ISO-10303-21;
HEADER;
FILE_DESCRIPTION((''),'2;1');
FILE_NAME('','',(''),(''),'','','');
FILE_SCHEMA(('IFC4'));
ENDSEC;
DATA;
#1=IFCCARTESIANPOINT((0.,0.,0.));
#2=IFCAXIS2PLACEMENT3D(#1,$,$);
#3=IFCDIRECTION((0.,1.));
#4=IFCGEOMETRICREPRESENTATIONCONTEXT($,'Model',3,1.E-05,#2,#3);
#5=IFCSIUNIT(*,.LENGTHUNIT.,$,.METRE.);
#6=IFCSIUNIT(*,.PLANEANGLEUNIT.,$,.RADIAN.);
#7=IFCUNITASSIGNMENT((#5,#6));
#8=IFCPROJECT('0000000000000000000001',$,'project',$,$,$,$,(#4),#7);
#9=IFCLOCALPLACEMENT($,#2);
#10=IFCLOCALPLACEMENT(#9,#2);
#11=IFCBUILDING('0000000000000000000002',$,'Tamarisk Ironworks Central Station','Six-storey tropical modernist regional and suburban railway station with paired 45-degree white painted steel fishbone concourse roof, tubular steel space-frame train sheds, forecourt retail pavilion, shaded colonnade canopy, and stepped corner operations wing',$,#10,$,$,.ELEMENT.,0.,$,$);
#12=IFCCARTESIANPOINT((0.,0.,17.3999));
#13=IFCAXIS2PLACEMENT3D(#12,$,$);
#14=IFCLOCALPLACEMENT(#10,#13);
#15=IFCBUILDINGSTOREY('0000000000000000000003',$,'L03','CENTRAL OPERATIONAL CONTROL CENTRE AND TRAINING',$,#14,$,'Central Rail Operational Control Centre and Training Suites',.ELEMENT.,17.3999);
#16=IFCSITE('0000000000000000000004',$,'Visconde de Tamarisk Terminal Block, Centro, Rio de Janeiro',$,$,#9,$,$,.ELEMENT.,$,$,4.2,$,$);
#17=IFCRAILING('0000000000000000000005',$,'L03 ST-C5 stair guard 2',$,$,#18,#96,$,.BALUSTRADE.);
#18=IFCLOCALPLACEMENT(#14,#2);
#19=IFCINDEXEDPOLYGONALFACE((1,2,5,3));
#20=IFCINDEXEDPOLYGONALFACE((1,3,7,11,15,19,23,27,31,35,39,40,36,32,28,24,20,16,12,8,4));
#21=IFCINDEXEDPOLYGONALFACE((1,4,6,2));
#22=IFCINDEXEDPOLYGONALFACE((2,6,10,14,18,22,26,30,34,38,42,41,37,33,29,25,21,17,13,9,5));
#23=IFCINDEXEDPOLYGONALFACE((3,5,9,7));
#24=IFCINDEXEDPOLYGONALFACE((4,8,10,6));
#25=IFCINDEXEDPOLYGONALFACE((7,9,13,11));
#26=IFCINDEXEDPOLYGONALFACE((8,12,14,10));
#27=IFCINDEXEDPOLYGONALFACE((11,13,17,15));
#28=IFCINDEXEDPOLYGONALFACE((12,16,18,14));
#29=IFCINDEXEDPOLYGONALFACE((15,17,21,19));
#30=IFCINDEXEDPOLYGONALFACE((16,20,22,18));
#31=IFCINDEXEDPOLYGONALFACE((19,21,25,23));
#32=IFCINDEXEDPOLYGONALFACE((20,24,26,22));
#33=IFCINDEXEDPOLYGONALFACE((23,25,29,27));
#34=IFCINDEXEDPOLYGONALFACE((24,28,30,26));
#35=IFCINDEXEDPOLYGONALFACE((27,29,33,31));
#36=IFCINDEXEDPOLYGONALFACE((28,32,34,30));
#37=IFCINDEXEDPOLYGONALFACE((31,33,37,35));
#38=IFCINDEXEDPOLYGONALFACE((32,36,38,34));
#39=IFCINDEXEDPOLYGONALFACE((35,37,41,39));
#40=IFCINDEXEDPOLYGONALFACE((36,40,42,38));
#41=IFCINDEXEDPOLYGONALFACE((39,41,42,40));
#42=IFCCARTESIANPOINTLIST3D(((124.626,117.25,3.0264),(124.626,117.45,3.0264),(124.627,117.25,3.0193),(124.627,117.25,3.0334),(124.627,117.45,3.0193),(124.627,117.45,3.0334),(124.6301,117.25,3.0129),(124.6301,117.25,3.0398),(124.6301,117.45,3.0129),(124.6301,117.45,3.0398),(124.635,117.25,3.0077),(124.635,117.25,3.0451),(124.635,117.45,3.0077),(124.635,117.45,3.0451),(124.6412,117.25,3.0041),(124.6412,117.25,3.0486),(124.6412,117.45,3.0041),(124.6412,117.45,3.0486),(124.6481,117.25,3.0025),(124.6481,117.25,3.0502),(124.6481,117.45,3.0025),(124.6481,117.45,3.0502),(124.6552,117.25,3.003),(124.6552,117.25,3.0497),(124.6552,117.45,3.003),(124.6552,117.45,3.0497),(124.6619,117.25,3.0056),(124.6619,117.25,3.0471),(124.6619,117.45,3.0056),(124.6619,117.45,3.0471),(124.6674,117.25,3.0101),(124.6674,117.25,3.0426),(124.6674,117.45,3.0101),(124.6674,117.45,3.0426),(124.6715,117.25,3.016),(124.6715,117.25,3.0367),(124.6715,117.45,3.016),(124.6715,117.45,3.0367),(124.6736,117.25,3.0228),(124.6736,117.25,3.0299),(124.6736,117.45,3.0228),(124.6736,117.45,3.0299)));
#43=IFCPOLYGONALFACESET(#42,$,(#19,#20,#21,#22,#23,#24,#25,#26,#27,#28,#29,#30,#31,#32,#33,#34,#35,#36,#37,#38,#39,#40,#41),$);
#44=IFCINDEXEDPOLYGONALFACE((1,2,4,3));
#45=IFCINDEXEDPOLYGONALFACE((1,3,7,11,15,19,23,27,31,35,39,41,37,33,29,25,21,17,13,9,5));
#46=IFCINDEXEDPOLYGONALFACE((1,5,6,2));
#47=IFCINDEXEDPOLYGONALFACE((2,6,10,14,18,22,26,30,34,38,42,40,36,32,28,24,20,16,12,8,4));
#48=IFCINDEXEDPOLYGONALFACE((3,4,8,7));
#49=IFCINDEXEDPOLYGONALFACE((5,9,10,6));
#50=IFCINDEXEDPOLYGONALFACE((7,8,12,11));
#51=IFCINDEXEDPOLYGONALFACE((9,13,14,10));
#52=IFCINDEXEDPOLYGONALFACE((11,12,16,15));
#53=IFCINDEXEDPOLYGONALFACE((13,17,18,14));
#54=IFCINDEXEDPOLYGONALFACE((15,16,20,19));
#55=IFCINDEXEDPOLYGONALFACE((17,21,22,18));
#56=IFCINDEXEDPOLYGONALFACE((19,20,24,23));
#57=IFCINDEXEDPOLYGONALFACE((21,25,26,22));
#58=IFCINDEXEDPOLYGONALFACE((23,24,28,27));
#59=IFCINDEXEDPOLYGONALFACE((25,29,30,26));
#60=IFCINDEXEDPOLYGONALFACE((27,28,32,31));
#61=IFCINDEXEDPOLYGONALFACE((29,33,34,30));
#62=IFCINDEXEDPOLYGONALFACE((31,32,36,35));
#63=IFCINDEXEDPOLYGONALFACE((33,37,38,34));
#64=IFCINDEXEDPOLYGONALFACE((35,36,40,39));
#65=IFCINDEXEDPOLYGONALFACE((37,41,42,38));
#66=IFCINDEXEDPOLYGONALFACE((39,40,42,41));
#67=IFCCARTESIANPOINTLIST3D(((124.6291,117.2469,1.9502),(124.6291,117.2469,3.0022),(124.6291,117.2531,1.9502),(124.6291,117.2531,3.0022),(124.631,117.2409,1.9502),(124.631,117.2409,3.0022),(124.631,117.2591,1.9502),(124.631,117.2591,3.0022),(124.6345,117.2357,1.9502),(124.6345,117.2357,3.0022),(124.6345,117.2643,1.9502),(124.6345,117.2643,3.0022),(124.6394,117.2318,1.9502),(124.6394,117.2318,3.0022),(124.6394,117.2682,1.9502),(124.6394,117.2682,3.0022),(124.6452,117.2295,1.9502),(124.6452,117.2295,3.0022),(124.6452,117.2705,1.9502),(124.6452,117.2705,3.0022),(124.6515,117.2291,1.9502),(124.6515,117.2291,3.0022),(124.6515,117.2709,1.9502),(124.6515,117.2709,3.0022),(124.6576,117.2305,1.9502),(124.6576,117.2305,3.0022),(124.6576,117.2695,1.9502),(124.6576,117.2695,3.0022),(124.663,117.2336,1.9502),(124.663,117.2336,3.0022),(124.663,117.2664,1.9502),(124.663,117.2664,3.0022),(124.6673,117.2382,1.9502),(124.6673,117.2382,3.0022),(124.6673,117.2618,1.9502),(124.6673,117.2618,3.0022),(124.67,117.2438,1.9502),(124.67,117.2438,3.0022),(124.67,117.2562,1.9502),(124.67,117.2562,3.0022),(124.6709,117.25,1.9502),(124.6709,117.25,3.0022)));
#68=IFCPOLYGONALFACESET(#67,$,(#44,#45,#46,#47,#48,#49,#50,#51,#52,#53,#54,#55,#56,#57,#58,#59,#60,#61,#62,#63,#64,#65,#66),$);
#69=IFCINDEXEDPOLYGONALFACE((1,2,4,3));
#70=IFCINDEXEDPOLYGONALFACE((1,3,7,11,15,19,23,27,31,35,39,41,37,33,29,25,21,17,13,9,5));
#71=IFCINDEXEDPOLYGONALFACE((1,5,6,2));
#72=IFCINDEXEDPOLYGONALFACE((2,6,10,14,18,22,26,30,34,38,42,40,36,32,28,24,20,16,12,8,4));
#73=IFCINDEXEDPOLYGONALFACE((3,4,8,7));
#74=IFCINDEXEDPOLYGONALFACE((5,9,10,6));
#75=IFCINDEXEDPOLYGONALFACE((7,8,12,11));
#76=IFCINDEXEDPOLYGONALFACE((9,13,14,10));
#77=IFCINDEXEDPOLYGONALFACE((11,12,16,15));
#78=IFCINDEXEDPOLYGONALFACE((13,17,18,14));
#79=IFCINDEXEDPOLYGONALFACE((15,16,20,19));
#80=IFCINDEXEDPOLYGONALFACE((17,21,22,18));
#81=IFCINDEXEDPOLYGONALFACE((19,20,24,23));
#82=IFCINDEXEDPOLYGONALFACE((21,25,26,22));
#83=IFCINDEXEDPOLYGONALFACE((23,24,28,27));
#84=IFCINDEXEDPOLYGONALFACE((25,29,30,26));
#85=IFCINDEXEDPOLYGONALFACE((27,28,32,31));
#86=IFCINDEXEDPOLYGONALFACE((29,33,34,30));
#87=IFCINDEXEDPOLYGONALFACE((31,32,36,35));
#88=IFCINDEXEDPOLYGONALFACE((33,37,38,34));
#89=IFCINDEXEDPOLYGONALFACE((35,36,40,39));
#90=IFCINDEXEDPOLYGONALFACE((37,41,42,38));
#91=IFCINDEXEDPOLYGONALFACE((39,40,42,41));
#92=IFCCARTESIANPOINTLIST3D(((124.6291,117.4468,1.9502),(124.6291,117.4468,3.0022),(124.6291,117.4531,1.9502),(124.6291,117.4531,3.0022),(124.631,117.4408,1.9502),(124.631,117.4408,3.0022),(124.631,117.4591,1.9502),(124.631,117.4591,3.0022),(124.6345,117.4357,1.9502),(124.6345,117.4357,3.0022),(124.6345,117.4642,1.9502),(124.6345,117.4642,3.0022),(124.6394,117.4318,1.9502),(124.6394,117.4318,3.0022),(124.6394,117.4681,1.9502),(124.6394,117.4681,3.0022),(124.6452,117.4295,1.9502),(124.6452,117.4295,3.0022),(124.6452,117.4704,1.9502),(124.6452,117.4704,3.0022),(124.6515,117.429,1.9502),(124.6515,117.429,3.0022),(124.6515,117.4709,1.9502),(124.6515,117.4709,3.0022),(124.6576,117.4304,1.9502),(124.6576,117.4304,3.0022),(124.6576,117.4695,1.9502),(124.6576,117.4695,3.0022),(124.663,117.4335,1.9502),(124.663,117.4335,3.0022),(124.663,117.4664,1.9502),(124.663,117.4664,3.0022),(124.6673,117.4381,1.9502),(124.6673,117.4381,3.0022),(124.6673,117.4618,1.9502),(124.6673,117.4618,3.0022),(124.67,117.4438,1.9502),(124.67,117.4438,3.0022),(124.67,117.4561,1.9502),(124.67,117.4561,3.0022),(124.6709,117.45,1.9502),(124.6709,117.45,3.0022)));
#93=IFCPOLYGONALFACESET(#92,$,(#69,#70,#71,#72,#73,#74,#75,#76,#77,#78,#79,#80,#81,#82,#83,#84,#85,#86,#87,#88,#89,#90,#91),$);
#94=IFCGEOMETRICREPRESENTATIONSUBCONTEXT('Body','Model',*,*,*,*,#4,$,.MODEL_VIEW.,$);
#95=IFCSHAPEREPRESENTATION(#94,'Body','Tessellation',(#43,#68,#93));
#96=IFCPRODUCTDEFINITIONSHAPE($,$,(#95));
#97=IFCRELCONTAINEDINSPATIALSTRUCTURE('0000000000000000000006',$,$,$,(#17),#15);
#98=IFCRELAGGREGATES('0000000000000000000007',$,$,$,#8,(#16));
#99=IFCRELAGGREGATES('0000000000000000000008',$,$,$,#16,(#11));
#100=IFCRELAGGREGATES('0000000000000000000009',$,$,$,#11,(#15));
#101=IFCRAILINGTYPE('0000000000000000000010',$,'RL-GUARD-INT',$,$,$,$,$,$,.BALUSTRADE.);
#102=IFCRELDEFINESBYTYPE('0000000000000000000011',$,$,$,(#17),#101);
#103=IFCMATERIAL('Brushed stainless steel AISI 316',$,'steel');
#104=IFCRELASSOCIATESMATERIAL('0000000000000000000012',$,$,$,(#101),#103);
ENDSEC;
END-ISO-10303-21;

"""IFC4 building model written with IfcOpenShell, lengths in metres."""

from ifc_helpers import new_model, si_unit, direction, frame, origin, origin_2d, place, context, subcontext, project, spatial, circle, extrude, material, type_object, element, save


model = new_model("IFC4")

# Units and contexts
model_context = context("Model", 3, precision=1e-05, world=origin(), true_north=direction((0.0, 1.0)))
body_context = subcontext(model_context, "Body", "Model", "MODEL_VIEW")
ifc_project = project(units=[si_unit("LENGTHUNIT", "METRE"), si_unit("PLANEANGLEUNIT", "RADIAN")], contexts=[model_context])

# Site, building, storey
site_placement = place(None, origin())
site = spatial("IfcSite", under=ifc_project, at=site_placement, Name="Visconde de Tamarisk Terminal Block, Centro, Rio de Janeiro", CompositionType="ELEMENT", RefElevation=4.2)
building_placement = place(site_placement, origin())
building = spatial("IfcBuilding", under=site, at=building_placement, Name="Tamarisk Ironworks Central Station", Description="Six-storey tropical modernist regional and suburban railway station with paired 45-degree white painted steel fishbone concourse roof, tubular steel space-frame train sheds, forecourt retail pavilion, shaded colonnade canopy, and stepped corner operations wing", CompositionType="ELEMENT", ElevationOfRefHeight=0.0)
storey_placement = place(building_placement, frame((0.0, 0.0, 17.3999)))
storey = spatial("IfcBuildingStorey", under=building, at=storey_placement, Name="L03", Description="CENTRAL OPERATIONAL CONTROL CENTRE AND TRAINING", LongName="Central Rail Operational Control Centre and Training Suites", CompositionType="ELEMENT", Elevation=17.3999)

# Railing
ifc_material_1 = material(Name="Brushed stainless steel AISI 316", Category="steel")
railing_type_1 = type_object("IfcRailingType", Name="RL-GUARD-INT", PredefinedType="BALUSTRADE", material=ifc_material_1)
railing_1_placement = place(storey_placement, frame((124.6499, 117.25, 1.9502)))
element("IfcRailing", 1, at=railing_1_placement, inside=storey, type_object=railing_type_1, Name="L03 ST-C5 stair guard 2", PredefinedType="BALUSTRADE", context=body_context, shape_type="SweptSolid", body=[
    extrude(circle(Radius=0.0239, at=origin_2d()), frame((0.0, 0.0, 1.0762), z_axis=(0.0, 1.0, 0.0), x_axis=(-1.0, 0.0, 0.0)), (0.0, 0.0, 1.0), 0.2),
    extrude(circle(Radius=0.021, at=origin_2d()), origin(), (0.0, 0.0, 1.0), 1.052),
    extrude(circle(Radius=0.021, at=origin_2d()), frame((0.0, 0.2, 0.0)), (0.0, 0.0, 1.0), 1.052),
])

save(model, "model.ifc")
